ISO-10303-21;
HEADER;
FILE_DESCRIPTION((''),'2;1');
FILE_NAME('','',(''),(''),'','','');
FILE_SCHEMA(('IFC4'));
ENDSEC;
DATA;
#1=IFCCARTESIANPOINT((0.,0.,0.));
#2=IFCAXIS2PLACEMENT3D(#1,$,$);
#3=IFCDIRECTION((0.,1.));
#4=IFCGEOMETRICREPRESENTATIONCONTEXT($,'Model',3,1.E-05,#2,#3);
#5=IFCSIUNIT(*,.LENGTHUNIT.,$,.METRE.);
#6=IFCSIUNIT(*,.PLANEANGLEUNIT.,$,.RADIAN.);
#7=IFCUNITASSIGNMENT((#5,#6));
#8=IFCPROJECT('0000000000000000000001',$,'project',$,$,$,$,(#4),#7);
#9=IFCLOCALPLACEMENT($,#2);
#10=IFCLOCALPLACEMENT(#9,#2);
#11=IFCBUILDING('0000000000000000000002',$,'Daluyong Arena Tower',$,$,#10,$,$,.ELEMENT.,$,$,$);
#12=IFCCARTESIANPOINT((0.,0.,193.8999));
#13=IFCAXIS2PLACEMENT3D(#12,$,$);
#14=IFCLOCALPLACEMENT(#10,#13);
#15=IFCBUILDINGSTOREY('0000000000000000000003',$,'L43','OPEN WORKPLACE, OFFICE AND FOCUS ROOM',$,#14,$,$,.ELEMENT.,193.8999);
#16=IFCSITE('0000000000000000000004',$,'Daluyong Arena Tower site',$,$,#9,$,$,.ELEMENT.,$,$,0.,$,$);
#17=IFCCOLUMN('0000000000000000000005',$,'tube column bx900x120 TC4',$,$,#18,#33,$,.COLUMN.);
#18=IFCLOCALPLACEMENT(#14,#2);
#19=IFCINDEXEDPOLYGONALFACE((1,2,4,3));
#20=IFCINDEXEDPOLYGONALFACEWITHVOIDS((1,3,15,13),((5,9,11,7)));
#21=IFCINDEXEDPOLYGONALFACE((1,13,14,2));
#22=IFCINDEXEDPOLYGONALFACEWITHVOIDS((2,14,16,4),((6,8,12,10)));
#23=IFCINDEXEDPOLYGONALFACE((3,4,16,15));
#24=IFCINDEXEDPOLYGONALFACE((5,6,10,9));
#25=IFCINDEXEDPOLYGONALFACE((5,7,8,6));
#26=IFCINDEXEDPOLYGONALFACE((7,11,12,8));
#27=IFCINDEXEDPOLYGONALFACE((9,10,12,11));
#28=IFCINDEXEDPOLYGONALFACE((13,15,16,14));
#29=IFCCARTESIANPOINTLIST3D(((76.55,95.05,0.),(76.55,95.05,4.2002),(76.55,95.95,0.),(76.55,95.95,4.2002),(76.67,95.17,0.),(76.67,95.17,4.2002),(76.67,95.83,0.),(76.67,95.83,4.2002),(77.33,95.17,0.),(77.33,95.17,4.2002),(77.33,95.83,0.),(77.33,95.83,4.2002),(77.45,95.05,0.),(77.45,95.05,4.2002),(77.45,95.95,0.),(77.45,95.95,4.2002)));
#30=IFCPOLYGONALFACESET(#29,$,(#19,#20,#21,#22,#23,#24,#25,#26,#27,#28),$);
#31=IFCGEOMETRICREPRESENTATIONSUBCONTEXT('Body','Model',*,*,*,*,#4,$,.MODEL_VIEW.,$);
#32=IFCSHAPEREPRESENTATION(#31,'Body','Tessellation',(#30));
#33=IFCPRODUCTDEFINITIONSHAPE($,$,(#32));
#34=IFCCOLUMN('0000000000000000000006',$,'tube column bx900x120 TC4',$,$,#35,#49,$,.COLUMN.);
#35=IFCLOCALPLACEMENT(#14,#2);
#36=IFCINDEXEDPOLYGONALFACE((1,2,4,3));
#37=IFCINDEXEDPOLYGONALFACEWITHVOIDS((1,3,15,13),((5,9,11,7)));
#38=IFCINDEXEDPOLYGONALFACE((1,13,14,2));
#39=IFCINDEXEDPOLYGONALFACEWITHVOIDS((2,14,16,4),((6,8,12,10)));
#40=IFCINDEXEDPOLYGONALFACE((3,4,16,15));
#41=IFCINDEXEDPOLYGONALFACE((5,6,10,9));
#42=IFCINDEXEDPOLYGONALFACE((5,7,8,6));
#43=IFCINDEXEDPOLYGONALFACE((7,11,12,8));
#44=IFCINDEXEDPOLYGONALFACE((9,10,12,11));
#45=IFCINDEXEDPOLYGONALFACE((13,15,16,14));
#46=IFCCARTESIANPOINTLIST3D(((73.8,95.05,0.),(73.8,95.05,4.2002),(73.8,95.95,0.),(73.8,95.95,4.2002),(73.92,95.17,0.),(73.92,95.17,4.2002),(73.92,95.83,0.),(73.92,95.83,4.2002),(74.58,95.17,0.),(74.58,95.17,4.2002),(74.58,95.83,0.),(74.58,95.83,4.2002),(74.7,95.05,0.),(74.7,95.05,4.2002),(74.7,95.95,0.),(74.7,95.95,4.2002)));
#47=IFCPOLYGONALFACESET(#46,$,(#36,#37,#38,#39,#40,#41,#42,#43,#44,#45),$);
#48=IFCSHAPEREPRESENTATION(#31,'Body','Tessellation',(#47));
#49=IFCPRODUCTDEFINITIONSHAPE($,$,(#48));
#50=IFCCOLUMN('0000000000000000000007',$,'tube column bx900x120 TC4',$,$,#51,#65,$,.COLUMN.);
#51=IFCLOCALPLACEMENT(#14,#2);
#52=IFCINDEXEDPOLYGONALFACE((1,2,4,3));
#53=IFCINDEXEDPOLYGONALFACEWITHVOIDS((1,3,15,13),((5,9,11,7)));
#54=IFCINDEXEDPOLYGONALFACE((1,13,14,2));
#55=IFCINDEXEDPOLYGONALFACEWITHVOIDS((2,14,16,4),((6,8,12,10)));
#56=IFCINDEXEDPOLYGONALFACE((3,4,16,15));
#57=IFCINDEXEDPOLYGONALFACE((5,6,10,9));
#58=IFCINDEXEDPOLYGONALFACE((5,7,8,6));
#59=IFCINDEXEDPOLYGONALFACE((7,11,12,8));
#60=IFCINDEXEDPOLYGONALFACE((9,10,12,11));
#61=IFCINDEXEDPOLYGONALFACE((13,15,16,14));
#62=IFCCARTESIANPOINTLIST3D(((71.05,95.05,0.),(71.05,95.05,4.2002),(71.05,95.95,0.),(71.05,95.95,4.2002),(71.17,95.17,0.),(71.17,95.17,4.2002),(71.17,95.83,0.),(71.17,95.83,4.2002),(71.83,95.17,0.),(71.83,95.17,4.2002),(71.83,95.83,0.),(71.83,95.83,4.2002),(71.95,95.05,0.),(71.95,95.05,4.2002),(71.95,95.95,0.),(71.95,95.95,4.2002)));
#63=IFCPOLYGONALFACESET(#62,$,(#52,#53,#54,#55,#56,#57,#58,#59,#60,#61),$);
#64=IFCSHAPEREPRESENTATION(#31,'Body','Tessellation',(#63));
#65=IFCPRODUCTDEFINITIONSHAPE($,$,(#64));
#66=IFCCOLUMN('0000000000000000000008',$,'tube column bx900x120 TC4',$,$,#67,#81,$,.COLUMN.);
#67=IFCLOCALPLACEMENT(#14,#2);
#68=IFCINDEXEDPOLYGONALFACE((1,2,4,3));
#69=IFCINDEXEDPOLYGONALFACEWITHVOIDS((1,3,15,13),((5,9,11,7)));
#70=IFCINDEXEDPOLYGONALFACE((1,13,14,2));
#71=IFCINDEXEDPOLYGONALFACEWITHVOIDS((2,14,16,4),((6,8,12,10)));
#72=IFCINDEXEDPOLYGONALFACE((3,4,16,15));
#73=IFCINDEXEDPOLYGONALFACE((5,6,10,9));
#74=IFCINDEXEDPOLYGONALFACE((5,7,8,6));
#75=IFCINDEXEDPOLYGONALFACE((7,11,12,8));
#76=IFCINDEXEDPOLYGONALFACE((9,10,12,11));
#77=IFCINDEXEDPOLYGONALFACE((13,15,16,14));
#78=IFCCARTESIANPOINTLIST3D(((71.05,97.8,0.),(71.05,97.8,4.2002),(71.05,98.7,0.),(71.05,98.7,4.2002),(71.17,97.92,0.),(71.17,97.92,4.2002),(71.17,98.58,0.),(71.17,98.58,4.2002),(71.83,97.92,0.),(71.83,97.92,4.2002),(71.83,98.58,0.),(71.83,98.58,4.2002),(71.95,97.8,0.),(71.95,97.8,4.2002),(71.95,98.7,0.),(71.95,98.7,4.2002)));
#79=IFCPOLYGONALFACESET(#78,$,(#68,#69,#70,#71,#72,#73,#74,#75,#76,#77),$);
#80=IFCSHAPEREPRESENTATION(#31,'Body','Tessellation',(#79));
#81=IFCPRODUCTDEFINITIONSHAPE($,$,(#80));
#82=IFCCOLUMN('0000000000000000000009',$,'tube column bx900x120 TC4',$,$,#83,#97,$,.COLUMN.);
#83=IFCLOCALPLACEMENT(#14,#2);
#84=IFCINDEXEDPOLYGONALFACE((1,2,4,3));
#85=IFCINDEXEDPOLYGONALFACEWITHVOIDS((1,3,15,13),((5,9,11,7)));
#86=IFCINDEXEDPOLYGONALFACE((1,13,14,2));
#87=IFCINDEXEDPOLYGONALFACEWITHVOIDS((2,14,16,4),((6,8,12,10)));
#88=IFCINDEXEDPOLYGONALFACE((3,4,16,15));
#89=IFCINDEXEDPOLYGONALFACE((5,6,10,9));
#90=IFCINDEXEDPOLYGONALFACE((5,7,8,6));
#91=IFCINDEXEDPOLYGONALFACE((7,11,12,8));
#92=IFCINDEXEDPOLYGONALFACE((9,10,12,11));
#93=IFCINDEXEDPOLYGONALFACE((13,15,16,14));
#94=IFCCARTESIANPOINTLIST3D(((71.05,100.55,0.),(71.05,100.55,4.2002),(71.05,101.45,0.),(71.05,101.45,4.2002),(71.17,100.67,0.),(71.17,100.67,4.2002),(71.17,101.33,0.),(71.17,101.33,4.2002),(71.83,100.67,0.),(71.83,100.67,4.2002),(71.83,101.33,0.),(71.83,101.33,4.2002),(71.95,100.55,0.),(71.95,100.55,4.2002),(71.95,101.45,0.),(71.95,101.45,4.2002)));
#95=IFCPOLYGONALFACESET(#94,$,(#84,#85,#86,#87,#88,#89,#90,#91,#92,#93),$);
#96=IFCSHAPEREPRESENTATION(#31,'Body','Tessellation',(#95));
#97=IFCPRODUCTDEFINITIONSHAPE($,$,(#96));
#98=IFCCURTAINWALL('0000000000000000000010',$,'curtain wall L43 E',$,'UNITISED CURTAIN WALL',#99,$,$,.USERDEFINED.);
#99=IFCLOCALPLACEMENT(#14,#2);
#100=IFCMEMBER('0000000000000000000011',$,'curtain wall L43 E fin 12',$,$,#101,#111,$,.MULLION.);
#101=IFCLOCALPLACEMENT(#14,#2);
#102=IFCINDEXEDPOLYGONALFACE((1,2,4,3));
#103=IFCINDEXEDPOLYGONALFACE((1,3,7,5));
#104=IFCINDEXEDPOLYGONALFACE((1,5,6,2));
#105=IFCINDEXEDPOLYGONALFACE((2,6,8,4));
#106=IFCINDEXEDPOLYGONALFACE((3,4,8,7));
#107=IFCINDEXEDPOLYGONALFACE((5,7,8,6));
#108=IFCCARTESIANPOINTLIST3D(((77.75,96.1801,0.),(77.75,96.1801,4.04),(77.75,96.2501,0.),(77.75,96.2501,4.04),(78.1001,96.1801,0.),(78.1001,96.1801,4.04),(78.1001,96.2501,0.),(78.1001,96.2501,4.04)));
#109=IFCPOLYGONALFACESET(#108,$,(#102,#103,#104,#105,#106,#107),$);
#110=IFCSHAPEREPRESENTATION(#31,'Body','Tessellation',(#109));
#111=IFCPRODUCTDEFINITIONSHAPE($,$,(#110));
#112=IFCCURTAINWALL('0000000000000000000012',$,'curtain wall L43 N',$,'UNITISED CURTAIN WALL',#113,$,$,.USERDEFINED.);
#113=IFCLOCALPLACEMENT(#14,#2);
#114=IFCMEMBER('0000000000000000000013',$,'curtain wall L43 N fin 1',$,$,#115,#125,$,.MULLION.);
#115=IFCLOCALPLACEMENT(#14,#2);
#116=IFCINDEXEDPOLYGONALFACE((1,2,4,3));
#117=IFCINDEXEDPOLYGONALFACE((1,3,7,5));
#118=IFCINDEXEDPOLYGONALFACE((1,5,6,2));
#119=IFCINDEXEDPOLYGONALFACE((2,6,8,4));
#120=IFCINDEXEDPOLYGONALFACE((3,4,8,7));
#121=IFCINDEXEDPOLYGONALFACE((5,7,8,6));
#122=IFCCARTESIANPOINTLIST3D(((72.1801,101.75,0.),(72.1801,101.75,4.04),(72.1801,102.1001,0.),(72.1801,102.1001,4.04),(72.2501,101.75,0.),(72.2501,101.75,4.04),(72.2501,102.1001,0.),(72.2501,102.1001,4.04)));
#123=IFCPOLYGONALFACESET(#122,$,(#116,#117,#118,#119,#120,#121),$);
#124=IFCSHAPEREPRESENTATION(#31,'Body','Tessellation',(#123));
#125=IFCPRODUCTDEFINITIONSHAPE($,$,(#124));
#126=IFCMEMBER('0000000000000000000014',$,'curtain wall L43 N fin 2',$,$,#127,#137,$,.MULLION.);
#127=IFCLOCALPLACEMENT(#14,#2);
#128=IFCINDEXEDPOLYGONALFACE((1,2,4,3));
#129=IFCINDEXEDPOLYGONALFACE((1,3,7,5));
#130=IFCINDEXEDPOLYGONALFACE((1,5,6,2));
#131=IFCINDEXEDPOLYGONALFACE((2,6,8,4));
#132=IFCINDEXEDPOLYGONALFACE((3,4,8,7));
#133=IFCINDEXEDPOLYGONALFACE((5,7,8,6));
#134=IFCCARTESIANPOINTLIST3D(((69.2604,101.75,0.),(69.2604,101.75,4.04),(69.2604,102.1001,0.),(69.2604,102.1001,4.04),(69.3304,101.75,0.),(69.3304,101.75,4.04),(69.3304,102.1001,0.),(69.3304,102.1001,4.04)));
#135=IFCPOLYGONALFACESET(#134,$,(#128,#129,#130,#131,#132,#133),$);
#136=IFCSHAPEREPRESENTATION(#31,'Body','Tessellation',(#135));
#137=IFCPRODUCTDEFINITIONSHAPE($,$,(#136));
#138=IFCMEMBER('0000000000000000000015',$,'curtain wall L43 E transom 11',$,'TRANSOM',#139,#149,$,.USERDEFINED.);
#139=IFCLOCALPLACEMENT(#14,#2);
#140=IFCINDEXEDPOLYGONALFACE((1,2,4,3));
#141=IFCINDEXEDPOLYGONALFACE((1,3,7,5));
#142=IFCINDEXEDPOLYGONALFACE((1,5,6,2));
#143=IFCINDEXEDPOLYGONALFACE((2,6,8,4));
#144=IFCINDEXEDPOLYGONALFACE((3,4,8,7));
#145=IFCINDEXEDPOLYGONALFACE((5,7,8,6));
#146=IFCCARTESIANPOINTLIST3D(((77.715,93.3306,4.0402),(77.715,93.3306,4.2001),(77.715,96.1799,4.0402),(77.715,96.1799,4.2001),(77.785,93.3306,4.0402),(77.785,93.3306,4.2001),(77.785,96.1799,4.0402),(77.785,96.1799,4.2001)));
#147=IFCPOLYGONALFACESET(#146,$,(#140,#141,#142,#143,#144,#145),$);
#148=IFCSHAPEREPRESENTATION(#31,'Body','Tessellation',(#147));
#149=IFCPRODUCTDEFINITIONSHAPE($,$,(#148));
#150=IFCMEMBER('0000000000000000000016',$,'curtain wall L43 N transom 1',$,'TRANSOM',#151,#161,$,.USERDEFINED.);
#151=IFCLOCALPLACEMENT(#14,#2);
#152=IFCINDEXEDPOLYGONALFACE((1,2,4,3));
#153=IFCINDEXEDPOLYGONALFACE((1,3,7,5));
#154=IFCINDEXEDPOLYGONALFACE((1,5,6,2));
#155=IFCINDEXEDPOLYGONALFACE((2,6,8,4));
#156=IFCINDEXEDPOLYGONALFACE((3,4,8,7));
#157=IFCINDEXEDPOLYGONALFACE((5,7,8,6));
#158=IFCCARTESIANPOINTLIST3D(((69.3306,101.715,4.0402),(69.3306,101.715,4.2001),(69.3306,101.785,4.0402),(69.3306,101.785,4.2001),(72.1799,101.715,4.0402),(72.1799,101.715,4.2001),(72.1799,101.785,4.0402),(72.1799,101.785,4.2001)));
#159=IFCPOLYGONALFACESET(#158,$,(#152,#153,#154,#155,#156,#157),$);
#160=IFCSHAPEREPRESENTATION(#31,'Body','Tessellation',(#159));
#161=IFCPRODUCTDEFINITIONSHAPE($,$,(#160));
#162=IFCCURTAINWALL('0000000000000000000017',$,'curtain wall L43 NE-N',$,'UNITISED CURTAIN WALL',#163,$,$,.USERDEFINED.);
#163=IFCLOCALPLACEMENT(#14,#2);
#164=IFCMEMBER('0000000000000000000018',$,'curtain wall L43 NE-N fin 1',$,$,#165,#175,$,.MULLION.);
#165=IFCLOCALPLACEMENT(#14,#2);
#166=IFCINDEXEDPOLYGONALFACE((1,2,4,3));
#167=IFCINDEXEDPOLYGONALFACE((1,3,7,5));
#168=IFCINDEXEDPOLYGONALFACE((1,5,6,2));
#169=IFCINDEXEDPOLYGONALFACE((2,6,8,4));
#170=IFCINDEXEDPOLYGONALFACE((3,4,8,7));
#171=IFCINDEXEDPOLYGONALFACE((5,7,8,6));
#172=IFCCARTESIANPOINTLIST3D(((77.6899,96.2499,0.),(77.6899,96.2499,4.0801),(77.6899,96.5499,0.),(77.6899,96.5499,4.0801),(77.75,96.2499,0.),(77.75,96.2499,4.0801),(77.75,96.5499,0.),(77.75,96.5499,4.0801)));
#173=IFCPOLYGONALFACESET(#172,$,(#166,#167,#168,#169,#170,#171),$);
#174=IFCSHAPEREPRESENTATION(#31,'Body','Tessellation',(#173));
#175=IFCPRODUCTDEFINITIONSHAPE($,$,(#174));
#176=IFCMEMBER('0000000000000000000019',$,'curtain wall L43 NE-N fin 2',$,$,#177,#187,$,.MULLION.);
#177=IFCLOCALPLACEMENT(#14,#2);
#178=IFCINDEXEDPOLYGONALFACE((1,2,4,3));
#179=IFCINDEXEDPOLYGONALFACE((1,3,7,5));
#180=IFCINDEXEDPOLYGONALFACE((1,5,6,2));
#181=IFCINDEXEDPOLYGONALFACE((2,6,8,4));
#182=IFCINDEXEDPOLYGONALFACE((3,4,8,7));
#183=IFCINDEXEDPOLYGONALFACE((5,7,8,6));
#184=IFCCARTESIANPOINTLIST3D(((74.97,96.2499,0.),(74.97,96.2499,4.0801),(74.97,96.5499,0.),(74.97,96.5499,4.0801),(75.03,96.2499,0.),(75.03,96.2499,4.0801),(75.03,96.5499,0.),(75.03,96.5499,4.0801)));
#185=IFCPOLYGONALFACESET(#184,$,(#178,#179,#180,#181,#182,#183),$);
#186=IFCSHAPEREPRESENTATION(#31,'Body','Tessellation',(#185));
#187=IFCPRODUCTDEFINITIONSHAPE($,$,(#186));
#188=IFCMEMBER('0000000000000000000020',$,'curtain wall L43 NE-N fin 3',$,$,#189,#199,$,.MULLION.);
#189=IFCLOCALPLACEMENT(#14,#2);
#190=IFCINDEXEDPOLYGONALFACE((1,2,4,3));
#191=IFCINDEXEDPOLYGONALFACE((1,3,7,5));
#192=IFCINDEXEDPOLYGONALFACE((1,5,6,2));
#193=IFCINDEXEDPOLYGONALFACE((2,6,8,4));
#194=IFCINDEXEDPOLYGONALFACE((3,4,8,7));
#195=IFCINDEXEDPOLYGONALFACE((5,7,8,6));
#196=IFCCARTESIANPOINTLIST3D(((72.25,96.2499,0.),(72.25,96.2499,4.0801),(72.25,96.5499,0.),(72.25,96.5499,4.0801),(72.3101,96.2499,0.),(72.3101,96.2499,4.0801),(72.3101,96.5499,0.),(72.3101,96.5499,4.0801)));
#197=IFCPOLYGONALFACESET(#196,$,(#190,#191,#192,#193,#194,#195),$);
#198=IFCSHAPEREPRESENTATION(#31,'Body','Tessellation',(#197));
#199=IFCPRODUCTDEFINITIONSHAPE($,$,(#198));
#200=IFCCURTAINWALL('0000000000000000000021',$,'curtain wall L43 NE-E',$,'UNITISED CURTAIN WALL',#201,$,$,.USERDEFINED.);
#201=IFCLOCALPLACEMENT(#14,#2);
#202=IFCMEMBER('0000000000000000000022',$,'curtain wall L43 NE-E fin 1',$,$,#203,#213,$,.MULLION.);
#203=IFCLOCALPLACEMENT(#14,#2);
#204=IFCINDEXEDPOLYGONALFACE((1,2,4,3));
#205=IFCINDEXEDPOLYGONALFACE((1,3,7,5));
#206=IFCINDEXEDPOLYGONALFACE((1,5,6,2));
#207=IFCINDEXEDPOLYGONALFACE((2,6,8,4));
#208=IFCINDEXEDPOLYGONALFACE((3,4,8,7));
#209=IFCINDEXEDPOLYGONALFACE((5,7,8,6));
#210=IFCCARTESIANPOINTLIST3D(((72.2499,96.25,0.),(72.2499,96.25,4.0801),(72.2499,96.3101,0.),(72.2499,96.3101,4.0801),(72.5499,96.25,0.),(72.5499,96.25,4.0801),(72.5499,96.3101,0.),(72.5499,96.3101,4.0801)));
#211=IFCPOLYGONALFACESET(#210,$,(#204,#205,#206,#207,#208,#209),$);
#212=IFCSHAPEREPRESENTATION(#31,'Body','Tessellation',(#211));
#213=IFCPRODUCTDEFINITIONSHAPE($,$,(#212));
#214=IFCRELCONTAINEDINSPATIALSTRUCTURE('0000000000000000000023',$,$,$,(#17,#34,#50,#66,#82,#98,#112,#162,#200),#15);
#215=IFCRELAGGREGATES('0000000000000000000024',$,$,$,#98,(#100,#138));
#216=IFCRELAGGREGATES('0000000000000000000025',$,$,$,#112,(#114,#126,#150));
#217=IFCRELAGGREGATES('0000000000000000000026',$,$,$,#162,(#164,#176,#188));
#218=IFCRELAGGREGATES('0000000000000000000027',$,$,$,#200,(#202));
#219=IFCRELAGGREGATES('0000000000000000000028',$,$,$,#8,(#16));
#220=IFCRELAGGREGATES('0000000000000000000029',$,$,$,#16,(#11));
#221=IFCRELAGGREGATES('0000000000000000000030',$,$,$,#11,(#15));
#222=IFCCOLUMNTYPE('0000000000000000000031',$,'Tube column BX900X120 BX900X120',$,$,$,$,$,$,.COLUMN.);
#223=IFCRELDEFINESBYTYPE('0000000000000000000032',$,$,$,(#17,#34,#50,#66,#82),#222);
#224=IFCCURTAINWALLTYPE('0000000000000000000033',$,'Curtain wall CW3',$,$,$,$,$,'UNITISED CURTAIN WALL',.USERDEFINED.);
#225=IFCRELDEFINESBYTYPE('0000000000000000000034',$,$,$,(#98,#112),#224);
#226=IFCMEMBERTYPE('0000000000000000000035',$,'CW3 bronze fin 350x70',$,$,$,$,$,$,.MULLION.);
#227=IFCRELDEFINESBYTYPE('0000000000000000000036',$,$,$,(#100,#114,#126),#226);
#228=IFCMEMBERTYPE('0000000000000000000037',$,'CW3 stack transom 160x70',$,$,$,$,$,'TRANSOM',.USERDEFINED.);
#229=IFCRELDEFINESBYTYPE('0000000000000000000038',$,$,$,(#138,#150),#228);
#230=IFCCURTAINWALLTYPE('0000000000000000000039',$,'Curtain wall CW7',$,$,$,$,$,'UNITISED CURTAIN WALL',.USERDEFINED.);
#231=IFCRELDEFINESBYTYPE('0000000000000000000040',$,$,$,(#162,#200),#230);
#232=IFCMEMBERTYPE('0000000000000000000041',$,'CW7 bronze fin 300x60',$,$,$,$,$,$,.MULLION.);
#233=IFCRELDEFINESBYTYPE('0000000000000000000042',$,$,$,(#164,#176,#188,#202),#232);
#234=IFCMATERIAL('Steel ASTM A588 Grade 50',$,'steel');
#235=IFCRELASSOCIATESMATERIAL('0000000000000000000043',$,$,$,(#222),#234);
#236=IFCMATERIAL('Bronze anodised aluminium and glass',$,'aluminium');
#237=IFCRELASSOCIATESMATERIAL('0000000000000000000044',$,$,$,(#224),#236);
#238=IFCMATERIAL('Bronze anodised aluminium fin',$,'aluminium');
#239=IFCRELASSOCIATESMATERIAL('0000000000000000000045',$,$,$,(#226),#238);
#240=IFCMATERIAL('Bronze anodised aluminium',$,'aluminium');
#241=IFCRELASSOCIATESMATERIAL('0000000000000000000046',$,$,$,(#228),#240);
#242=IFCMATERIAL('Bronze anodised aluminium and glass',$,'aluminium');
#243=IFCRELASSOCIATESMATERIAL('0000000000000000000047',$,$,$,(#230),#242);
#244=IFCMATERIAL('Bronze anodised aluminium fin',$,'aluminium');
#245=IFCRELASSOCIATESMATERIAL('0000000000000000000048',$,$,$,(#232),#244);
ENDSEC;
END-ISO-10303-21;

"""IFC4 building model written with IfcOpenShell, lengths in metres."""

from ifc_helpers import new_model, si_unit, direction, frame, origin, origin_2d, place, context, subcontext, project, spatial, rectangle, hollow_rectangle, extrude, material, material_profile, profile_set, type_object, element, aggregate, save


model = new_model("IFC4")

# Units and contexts
model_context = context("Model", 3, precision=1e-05, world=origin(), true_north=direction((0.0, 1.0)))
body_context = subcontext(model_context, "Body", "Model", "MODEL_VIEW")
ifc_project = project(units=[si_unit("LENGTHUNIT", "METRE"), si_unit("PLANEANGLEUNIT", "RADIAN")], contexts=[model_context])

# Site, building, storey
site_placement = place(None, origin())
site = spatial("IfcSite", under=ifc_project, at=site_placement, Name="Daluyong Arena Tower site", CompositionType="ELEMENT", RefElevation=0.0)
building_placement = place(site_placement, origin())
building = spatial("IfcBuilding", under=site, at=building_placement, Name="Daluyong Arena Tower", CompositionType="ELEMENT")
storey_placement = place(building_placement, frame((0.0, 0.0, 193.8999)))
storey = spatial("IfcBuildingStorey", under=building, at=storey_placement, Name="L43", Description="OPEN WORKPLACE, OFFICE AND FOCUS ROOM", CompositionType="ELEMENT", Elevation=193.8999)

# Columns
ifc_material_1 = material(Name="Steel ASTM A588 Grade 50", Category="steel")
ifc_material_profile_1 = material_profile(ifc_material_1, hollow_rectangle(XDim=0.8999, YDim=0.8999, WallThickness=0.12, at=origin_2d()))
ifc_profile_set_1 = profile_set([ifc_material_profile_1], Name="Steel ASTM A588 Grade 50")
column_type = type_object("IfcColumnType", Name="Tube column BX900X120 BX900X120", PredefinedType="COLUMN", material=ifc_profile_set_1)
for number, where, z_axis, x_axis, name in (
    (1, (77.0, 95.5, 0.0), (0.0, 0.0, 1.0), (1.0, 0.0, 0.0), "tube column bx900x120 TC4"),
    (2, (74.25, 95.5, 0.0), (0.0, 0.0, 1.0), (1.0, 0.0, 0.0), "tube column bx900x120 TC4"),
    (3, (71.5, 95.5, 0.0), (0.0, 0.0, 1.0), (0.0, 1.0, 0.0), "tube column bx900x120 TC4"),
    (4, (71.5, 98.25, 0.0), (0.0, 0.0, 1.0), (0.0, 1.0, 0.0), "tube column bx900x120 TC4"),
    (5, (71.5, 101.0, 0.0), (0.0, 0.0, 1.0), (1.0, 0.0, 0.0), "tube column bx900x120 TC4"),
):
    element("IfcColumn", number, at=place(storey_placement, frame(where, z_axis=z_axis, x_axis=x_axis)), inside=storey, type_object=column_type, Name=name, PredefinedType="COLUMN", context=body_context, shape_type="SweptSolid", body=[
        extrude(hollow_rectangle(XDim=0.8999, YDim=0.8999, WallThickness=0.12, at=origin_2d()), origin(), (0.0, 0.0, 1.0), 4.2002),
    ])

# Curtain wall, member
ifc_material_2 = material(Name="Bronze anodised aluminium and glass", Category="aluminium")
curtain_wall_type_1 = type_object("IfcCurtainWallType", Name="Curtain wall CW3", ElementType="UNITISED CURTAIN WALL", PredefinedType="USERDEFINED", material=ifc_material_2)
curtain_wall_1_placement = place(storey_placement, origin())
curtain_wall_1 = element("IfcCurtainWall", 6, at=curtain_wall_1_placement, inside=storey, type_object=curtain_wall_type_1, Name="curtain wall L43 E", ObjectType="UNITISED CURTAIN WALL", PredefinedType="USERDEFINED")
ifc_material_3 = material(Name="Bronze anodised aluminium fin", Category="aluminium")
ifc_material_profile_2 = material_profile(ifc_material_3, rectangle(XDim=0.3501, YDim=0.0701, at=origin_2d()))
ifc_profile_set_2 = profile_set([ifc_material_profile_2], Name="Bronze anodised aluminium fin")
member_type_1 = type_object("IfcMemberType", Name="CW3 bronze fin 350x70", PredefinedType="MULLION", material=ifc_profile_set_2)
member_1_placement = place(storey_placement, frame((77.925, 96.2151, 0.0), z_axis=(0.0, 0.0, 1.0), x_axis=(-1.0, 0.0, 0.0)))
member_1 = element("IfcMember", 7, at=member_1_placement, type_object=member_type_1, Name="curtain wall L43 E fin 12", PredefinedType="MULLION", context=body_context, shape_type="SweptSolid", body=[
    extrude(rectangle(XDim=0.3501, YDim=0.0701, at=origin_2d()), origin(), (0.0, 0.0, 1.0), 4.04),
])

# Curtain wall, members
curtain_wall_2_placement = place(storey_placement, origin())
curtain_wall_2 = element("IfcCurtainWall", 8, at=curtain_wall_2_placement, inside=storey, type_object=curtain_wall_type_1, Name="curtain wall L43 N", ObjectType="UNITISED CURTAIN WALL", PredefinedType="USERDEFINED")
member_2_placement = place(storey_placement, frame((72.2151, 101.925, 0.0), z_axis=(0.0, 0.0, 1.0), x_axis=(0.0, -1.0, 0.0)))
member_2 = element("IfcMember", 9, at=member_2_placement, type_object=member_type_1, Name="curtain wall L43 N fin 1", PredefinedType="MULLION", context=body_context, shape_type="SweptSolid", body=[
    extrude(rectangle(XDim=0.3501, YDim=0.0701, at=origin_2d()), origin(), (0.0, 0.0, 1.0), 4.04),
])
member_3_placement = place(storey_placement, frame((69.2954, 101.925, 0.0), z_axis=(0.0, 0.0, 1.0), x_axis=(0.0, -1.0, 0.0)))
member_3 = element("IfcMember", 10, at=member_3_placement, type_object=member_type_1, Name="curtain wall L43 N fin 2", PredefinedType="MULLION", context=body_context, shape_type="SweptSolid", body=[
    extrude(rectangle(XDim=0.3501, YDim=0.0701, at=origin_2d()), origin(), (0.0, 0.0, 1.0), 4.04),
])

# Members
ifc_material_4 = material(Name="Bronze anodised aluminium", Category="aluminium")
ifc_material_profile_3 = material_profile(ifc_material_4, rectangle(XDim=0.0701, YDim=0.1599, at=origin_2d()))
ifc_profile_set_3 = profile_set([ifc_material_profile_3], Name="Bronze anodised aluminium")
member_type_2 = type_object("IfcMemberType", Name="CW3 stack transom 160x70", ElementType="TRANSOM", PredefinedType="USERDEFINED", material=ifc_profile_set_3)
member_4_placement = place(storey_placement, frame((77.75, 93.3306, 4.1201), z_axis=(0.0, 1.0, 0.0), x_axis=(-1.0, 0.0, 0.0)))
member_4 = element("IfcMember", 11, at=member_4_placement, type_object=member_type_2, Name="curtain wall L43 E transom 11", ObjectType="TRANSOM", PredefinedType="USERDEFINED", context=body_context, shape_type="SweptSolid", body=[
    extrude(rectangle(XDim=0.0701, YDim=0.1599, at=origin_2d()), origin(), (0.0, 0.0, 1.0), 2.8494),
])
member_5_placement = place(storey_placement, frame((72.1799, 101.75, 4.1201), z_axis=(-1.0, 0.0, 0.0), x_axis=(0.0, -1.0, 0.0)))
member_5 = element("IfcMember", 12, at=member_5_placement, type_object=member_type_2, Name="curtain wall L43 N transom 1", ObjectType="TRANSOM", PredefinedType="USERDEFINED", context=body_context, shape_type="SweptSolid", body=[
    extrude(rectangle(XDim=0.0701, YDim=0.1599, at=origin_2d()), origin(), (0.0, 0.0, 1.0), 2.8494),
])

# Curtain walls, members
ifc_material_5 = material(Name="Bronze anodised aluminium and glass", Category="aluminium")
curtain_wall_type_2 = type_object("IfcCurtainWallType", Name="Curtain wall CW7", ElementType="UNITISED CURTAIN WALL", PredefinedType="USERDEFINED", material=ifc_material_5)
curtain_wall_3_placement = place(storey_placement, origin())
curtain_wall_3 = element("IfcCurtainWall", 13, at=curtain_wall_3_placement, inside=storey, type_object=curtain_wall_type_2, Name="curtain wall L43 NE-N", ObjectType="UNITISED CURTAIN WALL", PredefinedType="USERDEFINED")
ifc_material_6 = material(Name="Bronze anodised aluminium fin", Category="aluminium")
ifc_material_profile_4 = material_profile(ifc_material_6, rectangle(XDim=0.3, YDim=0.0601, at=origin_2d()))
ifc_profile_set_4 = profile_set([ifc_material_profile_4], Name="Bronze anodised aluminium fin")
member_type_3 = type_object("IfcMemberType", Name="CW7 bronze fin 300x60", PredefinedType="MULLION", material=ifc_profile_set_4)
member_6_placement = place(storey_placement, frame((77.72, 96.3999, 0.0), z_axis=(0.0, 0.0, 1.0), x_axis=(0.0, -1.0, 0.0)))
member_6 = element("IfcMember", 14, at=member_6_placement, type_object=member_type_3, Name="curtain wall L43 NE-N fin 1", PredefinedType="MULLION", context=body_context, shape_type="SweptSolid", body=[
    extrude(rectangle(XDim=0.3, YDim=0.0601, at=origin_2d()), origin(), (0.0, 0.0, 1.0), 4.0801),
])
member_7_placement = place(storey_placement, frame((75.0, 96.3999, 0.0), z_axis=(0.0, 0.0, 1.0), x_axis=(0.0, -1.0, 0.0)))
member_7 = element("IfcMember", 15, at=member_7_placement, type_object=member_type_3, Name="curtain wall L43 NE-N fin 2", PredefinedType="MULLION", context=body_context, shape_type="SweptSolid", body=[
    extrude(rectangle(XDim=0.3, YDim=0.0601, at=origin_2d()), origin(), (0.0, 0.0, 1.0), 4.0801),
])
member_8_placement = place(storey_placement, frame((72.28, 96.3999, 0.0), z_axis=(0.0, 0.0, 1.0), x_axis=(0.0, -1.0, 0.0)))
member_8 = element("IfcMember", 16, at=member_8_placement, type_object=member_type_3, Name="curtain wall L43 NE-N fin 3", PredefinedType="MULLION", context=body_context, shape_type="SweptSolid", body=[
    extrude(rectangle(XDim=0.3, YDim=0.0601, at=origin_2d()), origin(), (0.0, 0.0, 1.0), 4.0801),
])
curtain_wall_4_placement = place(storey_placement, origin())
curtain_wall_4 = element("IfcCurtainWall", 17, at=curtain_wall_4_placement, inside=storey, type_object=curtain_wall_type_2, Name="curtain wall L43 NE-E", ObjectType="UNITISED CURTAIN WALL", PredefinedType="USERDEFINED")
member_9_placement = place(storey_placement, frame((72.3999, 96.28, 0.0), z_axis=(0.0, 0.0, 1.0), x_axis=(-1.0, 0.0, 0.0)))
member_9 = element("IfcMember", 18, at=member_9_placement, type_object=member_type_3, Name="curtain wall L43 NE-E fin 1", PredefinedType="MULLION", context=body_context, shape_type="SweptSolid", body=[
    extrude(rectangle(XDim=0.3, YDim=0.0601, at=origin_2d()), origin(), (0.0, 0.0, 1.0), 4.0801),
])

aggregate(curtain_wall_1, [member_1, member_4])
aggregate(curtain_wall_2, [member_2, member_3, member_5])
aggregate(curtain_wall_3, [member_6, member_7, member_8])
aggregate(curtain_wall_4, [member_9])

save(model, "model.ifc")
